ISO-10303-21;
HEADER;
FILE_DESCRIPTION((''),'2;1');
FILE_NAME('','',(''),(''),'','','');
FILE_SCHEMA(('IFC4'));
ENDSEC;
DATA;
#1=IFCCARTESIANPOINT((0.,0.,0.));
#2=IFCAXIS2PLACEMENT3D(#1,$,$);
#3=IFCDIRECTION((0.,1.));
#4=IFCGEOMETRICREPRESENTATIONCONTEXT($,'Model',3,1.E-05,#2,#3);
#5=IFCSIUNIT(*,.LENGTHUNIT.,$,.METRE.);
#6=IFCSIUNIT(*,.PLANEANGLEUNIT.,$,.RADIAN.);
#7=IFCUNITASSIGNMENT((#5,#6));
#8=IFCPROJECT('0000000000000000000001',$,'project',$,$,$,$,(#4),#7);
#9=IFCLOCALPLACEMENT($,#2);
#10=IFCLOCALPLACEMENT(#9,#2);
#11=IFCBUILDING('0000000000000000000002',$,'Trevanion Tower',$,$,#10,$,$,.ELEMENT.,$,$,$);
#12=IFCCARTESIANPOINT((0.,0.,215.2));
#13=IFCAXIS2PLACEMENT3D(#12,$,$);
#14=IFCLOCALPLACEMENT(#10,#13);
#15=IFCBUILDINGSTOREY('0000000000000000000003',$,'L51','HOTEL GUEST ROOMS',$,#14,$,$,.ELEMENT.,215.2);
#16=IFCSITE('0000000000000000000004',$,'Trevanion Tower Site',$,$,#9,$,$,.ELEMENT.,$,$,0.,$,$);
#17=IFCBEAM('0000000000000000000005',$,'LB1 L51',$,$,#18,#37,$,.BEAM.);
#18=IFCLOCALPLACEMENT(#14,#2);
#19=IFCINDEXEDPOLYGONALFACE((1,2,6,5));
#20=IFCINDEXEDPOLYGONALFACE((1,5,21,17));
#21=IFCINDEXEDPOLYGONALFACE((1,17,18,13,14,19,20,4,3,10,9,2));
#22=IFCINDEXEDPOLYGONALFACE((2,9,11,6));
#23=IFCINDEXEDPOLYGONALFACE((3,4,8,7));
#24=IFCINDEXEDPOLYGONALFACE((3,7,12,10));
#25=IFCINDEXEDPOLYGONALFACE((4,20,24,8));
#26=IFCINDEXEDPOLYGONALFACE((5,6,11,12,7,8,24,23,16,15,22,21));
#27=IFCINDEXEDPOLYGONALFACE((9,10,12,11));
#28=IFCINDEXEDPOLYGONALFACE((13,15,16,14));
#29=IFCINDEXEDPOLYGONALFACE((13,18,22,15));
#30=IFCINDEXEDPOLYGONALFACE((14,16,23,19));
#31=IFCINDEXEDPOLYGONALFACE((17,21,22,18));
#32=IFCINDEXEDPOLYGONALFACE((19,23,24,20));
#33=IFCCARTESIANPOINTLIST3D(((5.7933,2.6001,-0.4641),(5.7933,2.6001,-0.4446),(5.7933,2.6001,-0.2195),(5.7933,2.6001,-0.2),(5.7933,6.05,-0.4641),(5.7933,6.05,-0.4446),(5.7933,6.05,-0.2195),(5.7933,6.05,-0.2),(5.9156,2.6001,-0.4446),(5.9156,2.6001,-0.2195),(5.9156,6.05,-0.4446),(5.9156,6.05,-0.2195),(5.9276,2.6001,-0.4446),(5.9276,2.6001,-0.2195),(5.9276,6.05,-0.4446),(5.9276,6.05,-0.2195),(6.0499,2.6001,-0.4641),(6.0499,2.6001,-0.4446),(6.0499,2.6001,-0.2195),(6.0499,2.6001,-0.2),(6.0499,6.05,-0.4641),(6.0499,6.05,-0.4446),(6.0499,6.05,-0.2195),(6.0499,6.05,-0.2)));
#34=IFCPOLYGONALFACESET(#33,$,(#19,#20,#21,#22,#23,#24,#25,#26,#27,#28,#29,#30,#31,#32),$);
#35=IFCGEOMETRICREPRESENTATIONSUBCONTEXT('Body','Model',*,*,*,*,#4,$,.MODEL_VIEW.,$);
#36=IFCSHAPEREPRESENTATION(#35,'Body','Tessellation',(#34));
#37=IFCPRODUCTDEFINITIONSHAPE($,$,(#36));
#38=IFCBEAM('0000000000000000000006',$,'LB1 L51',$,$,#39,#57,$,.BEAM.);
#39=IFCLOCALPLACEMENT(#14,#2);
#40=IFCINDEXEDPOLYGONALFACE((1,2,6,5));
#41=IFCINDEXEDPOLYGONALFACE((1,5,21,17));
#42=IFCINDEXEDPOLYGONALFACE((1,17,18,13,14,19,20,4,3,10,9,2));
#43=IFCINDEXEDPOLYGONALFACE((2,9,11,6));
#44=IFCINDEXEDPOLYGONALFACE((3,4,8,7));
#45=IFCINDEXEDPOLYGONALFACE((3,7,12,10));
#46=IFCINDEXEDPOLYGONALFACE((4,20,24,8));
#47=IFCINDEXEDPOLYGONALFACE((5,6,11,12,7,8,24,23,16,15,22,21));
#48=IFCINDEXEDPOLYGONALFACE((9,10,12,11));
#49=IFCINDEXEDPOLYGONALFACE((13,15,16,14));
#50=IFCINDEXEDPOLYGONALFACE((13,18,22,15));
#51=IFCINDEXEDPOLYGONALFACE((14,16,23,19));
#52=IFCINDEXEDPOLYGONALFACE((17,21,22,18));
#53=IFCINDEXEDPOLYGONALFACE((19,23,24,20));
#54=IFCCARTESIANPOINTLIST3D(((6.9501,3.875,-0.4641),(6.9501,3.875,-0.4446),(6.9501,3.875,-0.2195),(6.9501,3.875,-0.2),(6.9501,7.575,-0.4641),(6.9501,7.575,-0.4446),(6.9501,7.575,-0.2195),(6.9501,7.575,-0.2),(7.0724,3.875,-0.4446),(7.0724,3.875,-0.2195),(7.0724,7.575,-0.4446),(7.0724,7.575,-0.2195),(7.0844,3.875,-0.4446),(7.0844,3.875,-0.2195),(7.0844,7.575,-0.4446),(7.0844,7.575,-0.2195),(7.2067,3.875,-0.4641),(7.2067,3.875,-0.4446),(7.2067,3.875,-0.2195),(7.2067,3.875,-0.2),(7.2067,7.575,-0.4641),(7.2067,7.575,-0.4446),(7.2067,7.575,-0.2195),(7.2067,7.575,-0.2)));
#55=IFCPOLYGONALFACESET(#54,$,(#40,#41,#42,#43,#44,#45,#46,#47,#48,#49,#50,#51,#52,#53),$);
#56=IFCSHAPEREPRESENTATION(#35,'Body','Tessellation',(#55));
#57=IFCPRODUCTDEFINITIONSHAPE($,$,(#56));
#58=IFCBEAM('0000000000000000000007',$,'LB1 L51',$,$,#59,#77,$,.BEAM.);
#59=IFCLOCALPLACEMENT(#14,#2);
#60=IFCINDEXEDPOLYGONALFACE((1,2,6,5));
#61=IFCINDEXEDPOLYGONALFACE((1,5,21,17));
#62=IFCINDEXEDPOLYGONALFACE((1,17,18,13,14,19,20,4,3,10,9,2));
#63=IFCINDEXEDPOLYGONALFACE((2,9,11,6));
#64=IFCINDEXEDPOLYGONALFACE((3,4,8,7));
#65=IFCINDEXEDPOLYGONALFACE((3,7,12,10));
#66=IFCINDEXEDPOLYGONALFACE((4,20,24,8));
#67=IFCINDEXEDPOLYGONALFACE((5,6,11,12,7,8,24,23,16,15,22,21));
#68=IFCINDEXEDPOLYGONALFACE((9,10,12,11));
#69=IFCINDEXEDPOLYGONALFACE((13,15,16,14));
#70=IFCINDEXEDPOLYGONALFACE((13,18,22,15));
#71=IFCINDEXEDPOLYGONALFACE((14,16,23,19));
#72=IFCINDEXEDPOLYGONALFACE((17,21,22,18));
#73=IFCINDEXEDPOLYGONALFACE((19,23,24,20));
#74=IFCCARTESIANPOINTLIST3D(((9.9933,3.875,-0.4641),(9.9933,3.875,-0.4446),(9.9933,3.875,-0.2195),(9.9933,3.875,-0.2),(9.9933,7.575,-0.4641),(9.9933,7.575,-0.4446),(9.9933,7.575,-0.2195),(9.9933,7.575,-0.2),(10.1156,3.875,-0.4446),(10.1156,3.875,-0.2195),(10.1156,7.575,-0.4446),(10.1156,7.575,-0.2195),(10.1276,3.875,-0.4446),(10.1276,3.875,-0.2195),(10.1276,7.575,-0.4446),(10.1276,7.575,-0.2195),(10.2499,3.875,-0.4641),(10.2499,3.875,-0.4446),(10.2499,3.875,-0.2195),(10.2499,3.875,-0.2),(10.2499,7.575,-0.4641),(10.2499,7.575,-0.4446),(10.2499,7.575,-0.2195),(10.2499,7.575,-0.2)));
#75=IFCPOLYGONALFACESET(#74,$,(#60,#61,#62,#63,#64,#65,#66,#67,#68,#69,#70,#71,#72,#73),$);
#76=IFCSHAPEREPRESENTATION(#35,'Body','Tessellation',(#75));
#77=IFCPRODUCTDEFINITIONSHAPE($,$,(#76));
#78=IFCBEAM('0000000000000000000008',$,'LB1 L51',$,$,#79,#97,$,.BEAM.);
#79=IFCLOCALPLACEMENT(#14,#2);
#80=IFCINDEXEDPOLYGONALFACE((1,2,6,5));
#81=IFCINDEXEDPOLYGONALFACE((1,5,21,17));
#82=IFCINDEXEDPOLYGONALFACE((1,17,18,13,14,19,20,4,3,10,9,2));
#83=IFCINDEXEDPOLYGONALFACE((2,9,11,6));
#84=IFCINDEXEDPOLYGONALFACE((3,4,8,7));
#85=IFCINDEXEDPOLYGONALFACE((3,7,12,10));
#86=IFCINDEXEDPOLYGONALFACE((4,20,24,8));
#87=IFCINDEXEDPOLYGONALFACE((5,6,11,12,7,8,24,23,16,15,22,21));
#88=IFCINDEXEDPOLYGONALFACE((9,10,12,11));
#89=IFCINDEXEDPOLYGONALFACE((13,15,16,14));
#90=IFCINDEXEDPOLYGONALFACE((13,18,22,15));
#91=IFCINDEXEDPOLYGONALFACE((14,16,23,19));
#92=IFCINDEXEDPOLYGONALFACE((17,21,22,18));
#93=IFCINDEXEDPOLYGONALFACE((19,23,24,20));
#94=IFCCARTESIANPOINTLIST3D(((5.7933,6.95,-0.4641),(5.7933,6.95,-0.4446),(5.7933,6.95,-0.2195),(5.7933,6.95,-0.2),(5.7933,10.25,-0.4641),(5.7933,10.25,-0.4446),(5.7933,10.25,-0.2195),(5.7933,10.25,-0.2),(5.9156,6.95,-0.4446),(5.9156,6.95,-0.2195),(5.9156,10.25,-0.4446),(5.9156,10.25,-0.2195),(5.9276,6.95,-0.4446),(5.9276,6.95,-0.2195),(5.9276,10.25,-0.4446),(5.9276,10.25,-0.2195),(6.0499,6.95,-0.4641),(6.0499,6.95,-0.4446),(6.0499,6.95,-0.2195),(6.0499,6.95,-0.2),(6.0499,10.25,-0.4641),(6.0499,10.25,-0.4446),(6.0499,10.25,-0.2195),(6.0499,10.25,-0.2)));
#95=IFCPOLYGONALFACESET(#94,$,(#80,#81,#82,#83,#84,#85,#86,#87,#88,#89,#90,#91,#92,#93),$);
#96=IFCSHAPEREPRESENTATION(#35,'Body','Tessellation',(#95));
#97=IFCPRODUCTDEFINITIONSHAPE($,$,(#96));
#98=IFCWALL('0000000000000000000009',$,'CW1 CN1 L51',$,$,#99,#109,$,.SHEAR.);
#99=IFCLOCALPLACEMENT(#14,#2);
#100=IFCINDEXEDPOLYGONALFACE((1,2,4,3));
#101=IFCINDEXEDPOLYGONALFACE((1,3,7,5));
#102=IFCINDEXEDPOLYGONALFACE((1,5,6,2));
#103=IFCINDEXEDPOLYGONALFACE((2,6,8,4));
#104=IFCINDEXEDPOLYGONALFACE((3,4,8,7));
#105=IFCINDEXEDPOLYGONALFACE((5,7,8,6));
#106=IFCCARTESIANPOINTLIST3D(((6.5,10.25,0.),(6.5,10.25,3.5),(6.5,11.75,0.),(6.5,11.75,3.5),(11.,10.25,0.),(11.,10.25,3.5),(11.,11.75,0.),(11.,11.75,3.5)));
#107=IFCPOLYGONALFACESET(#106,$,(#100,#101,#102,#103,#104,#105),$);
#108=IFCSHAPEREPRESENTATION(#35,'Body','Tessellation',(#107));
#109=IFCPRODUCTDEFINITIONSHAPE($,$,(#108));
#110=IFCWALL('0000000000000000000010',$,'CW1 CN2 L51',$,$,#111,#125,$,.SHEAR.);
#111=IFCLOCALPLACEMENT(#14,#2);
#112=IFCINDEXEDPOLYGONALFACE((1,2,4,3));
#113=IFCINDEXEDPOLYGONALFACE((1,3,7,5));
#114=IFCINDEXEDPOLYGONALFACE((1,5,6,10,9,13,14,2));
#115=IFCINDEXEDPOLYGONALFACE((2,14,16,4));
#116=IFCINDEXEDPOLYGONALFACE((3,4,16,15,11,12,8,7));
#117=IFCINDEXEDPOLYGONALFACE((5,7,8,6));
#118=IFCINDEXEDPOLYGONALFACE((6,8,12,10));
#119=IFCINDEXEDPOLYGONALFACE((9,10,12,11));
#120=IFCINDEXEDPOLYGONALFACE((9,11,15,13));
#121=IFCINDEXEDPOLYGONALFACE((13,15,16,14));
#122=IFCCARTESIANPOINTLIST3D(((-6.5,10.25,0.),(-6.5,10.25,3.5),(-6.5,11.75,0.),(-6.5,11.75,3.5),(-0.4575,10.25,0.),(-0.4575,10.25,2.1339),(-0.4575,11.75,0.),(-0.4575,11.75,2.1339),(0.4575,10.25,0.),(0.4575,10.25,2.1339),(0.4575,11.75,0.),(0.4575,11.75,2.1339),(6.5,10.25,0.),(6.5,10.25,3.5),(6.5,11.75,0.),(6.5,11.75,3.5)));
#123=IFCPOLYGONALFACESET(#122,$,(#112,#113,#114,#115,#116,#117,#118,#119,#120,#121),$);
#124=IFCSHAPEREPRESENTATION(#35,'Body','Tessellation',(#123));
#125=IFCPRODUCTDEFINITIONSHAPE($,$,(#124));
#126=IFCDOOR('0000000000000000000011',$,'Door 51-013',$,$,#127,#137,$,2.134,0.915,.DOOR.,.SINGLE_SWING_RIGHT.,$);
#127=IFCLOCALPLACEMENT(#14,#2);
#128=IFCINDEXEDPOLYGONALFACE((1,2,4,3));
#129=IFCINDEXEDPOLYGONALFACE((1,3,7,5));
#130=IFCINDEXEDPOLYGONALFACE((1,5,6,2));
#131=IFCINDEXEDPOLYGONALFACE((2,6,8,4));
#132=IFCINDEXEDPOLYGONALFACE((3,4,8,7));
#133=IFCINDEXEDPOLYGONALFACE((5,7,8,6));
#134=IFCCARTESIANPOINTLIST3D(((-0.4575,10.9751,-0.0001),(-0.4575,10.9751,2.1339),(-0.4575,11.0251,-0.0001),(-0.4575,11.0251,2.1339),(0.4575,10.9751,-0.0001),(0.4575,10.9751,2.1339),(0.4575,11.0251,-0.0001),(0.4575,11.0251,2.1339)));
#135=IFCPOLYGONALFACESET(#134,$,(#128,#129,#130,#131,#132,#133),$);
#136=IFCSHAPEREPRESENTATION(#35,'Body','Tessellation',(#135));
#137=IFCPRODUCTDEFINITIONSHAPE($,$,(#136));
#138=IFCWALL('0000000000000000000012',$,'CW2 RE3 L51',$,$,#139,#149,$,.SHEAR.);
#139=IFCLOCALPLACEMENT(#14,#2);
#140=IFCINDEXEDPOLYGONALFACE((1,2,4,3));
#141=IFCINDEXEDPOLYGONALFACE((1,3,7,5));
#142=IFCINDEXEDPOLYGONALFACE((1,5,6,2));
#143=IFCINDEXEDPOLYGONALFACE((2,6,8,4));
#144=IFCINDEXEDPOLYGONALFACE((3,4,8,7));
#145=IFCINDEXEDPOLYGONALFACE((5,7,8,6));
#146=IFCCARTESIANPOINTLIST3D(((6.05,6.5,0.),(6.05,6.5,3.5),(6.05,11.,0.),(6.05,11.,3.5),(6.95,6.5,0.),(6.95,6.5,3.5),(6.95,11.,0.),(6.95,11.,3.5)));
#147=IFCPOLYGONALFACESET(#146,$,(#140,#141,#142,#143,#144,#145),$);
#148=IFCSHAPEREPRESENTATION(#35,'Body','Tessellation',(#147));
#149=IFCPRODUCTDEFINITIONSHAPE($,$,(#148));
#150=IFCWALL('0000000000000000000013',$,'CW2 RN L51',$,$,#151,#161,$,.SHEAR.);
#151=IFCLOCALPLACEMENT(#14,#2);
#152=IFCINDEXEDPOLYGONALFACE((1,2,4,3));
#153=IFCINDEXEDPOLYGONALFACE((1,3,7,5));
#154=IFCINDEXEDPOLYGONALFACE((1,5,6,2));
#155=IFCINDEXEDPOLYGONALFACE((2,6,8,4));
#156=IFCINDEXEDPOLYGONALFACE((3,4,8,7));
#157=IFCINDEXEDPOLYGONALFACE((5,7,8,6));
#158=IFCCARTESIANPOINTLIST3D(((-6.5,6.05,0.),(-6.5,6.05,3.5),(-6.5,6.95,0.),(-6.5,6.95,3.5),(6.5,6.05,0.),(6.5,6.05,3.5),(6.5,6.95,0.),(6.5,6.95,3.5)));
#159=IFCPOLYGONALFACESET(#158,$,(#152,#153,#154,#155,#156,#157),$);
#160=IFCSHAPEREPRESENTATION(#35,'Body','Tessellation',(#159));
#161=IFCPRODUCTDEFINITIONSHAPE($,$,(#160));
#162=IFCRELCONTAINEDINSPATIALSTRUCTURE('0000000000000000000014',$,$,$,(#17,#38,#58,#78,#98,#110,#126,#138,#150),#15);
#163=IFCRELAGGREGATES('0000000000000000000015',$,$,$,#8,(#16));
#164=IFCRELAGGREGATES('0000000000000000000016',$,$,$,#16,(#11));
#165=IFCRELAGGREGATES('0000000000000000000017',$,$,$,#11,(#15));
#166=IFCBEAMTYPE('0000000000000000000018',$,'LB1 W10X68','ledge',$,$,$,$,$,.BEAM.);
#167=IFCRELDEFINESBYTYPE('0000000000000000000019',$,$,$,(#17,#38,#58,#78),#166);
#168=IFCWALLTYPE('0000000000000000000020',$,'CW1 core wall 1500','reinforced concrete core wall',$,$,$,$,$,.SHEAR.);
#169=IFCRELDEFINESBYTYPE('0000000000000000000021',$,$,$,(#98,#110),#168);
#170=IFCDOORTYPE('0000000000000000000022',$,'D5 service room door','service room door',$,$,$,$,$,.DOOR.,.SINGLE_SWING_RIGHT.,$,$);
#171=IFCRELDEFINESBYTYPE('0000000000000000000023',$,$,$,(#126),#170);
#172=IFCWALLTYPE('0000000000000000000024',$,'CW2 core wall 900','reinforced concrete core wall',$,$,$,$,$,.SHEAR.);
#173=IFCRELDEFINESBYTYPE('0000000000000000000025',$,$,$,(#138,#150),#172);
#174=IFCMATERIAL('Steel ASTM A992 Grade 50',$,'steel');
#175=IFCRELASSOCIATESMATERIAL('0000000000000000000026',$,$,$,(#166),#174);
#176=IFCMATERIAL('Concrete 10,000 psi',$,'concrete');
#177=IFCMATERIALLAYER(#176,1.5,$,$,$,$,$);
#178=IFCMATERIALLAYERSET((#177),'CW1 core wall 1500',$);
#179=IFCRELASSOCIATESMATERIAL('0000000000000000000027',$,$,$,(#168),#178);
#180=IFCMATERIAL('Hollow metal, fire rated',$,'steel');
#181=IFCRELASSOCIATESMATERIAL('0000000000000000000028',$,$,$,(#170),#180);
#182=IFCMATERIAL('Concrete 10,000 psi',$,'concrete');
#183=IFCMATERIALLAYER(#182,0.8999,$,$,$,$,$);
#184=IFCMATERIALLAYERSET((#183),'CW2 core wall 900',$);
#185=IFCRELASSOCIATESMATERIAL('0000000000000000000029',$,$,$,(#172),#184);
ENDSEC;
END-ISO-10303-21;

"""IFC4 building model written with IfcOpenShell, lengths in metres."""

from ifc_helpers import new_model, si_unit, direction, frame, frame_2d, origin, origin_2d, place, context, subcontext, project, spatial, rectangle, i_section, extrude, material, layer, layer_set, material_profile, profile_set, type_object, element, fill, save


model = new_model("IFC4")

# Units and contexts
model_context = context("Model", 3, precision=1e-05, world=origin(), true_north=direction((0.0, 1.0)))
body_context = subcontext(model_context, "Body", "Model", "MODEL_VIEW")
ifc_project = project(units=[si_unit("LENGTHUNIT", "METRE"), si_unit("PLANEANGLEUNIT", "RADIAN")], contexts=[model_context])

# Site, building, storey
site_placement = place(None, origin())
site = spatial("IfcSite", under=ifc_project, at=site_placement, Name="Trevanion Tower Site", CompositionType="ELEMENT", RefElevation=0.0)
building_placement = place(site_placement, origin())
building = spatial("IfcBuilding", under=site, at=building_placement, Name="Trevanion Tower", CompositionType="ELEMENT")
storey_placement = place(building_placement, frame((0.0, 0.0, 215.2)))
storey = spatial("IfcBuildingStorey", under=building, at=storey_placement, Name="L51", Description="HOTEL GUEST ROOMS", CompositionType="ELEMENT", Elevation=215.2)

# Beams
ifc_material_1 = material(Name="Steel ASTM A992 Grade 50", Category="steel")
ifc_material_profile = material_profile(ifc_material_1, i_section(OverallWidth=0.2566, OverallDepth=0.2642, WebThickness=0.012, FlangeThickness=0.0195, at=origin_2d()), Name="W10X68")
ifc_profile_set = profile_set([ifc_material_profile], Name="Steel ASTM A992 Grade 50")
beam_type = type_object("IfcBeamType", Name="LB1 W10X68", Description="ledge", PredefinedType="BEAM", material=ifc_profile_set)
beam_1_placement = place(storey_placement, frame((5.9216, 2.6001, -0.332), z_axis=(0.0, 1.0, 0.0), x_axis=(-1.0, 0.0, 0.0)))
element("IfcBeam", 1, at=beam_1_placement, inside=storey, type_object=beam_type, Name="LB1 L51", PredefinedType="BEAM", context=body_context, shape_type="SweptSolid", body=[
    extrude(i_section(OverallWidth=0.2566, OverallDepth=0.2642, WebThickness=0.012, FlangeThickness=0.0195, at=origin_2d()), origin(), (0.0, 0.0, 1.0), 3.45),
])
for number, where, z_axis, x_axis, name in (
    (2, (7.0784, 3.875, -0.332), (0.0, 1.0, 0.0), (-1.0, 0.0, 0.0), "LB1 L51"),
    (3, (10.1216, 3.875, -0.332), (0.0, 1.0, 0.0), (-1.0, 0.0, 0.0), "LB1 L51"),
):
    element("IfcBeam", number, at=place(storey_placement, frame(where, z_axis=z_axis, x_axis=x_axis)), inside=storey, type_object=beam_type, Name=name, PredefinedType="BEAM", context=body_context, shape_type="SweptSolid", body=[
        extrude(i_section(OverallWidth=0.2566, OverallDepth=0.2642, WebThickness=0.012, FlangeThickness=0.0195, at=origin_2d()), origin(), (0.0, 0.0, 1.0), 3.7),
    ])
beam_2_placement = place(storey_placement, frame((5.9216, 6.95, -0.332), z_axis=(0.0, 1.0, 0.0), x_axis=(-1.0, 0.0, 0.0)))
element("IfcBeam", 4, at=beam_2_placement, inside=storey, type_object=beam_type, Name="LB1 L51", PredefinedType="BEAM", context=body_context, shape_type="SweptSolid", body=[
    extrude(i_section(OverallWidth=0.2566, OverallDepth=0.2642, WebThickness=0.012, FlangeThickness=0.0195, at=origin_2d()), origin(), (0.0, 0.0, 1.0), 3.3),
])

# Wall
ifc_material_2 = material(Name="Concrete 10,000 psi", Category="concrete")
ifc_layer_1 = layer(ifc_material_2, 1.5)
ifc_layer_set_1 = layer_set([ifc_layer_1], Name="CW1 core wall 1500")
wall_type_1 = type_object("IfcWallType", Name="CW1 core wall 1500", Description="reinforced concrete core wall", PredefinedType="SHEAR", material=ifc_layer_set_1)
wall_1_placement = place(storey_placement, frame((11.0, 11.0, 0.0), z_axis=(0.0, 0.0, 1.0), x_axis=(-1.0, 0.0, 0.0)))
element("IfcWall", 5, at=wall_1_placement, inside=storey, type_object=wall_type_1, Name="CW1 CN1 L51", PredefinedType="SHEAR", context=body_context, shape_type="SweptSolid", body=[
    extrude(rectangle(XDim=4.5, YDim=1.5, at=frame_2d((2.25, 0.0))), origin(), (0.0, 0.0, 1.0), 3.5),
])

# Wall, opening, door
wall_2_placement = place(storey_placement, frame((6.5, 11.0, 0.0), z_axis=(0.0, 0.0, 1.0), x_axis=(-1.0, 0.0, 0.0)))
wall_2 = element("IfcWall", 6, at=wall_2_placement, inside=storey, type_object=wall_type_1, Name="CW1 CN2 L51", PredefinedType="SHEAR", context=body_context, shape_type="SweptSolid", body=[
    extrude(rectangle(XDim=13.0, YDim=1.5, at=frame_2d((6.5, 0.0))), origin(), (0.0, 0.0, 1.0), 3.5),
])
opening_1_placement = place(wall_2_placement, frame((6.0425, 0.0, 0.0)))
opening_1 = element("IfcOpeningElement", 7, at=opening_1_placement, cuts=wall_2, PredefinedType="OPENING", context=body_context, shape_type="SweptSolid", body=[
    extrude(rectangle(XDim=0.915, YDim=2.134, at=frame_2d((0.4575, 1.0669))), frame((0.0, 0.76, 0.0), z_axis=(0.0, -1.0, 0.0), x_axis=(1.0, 0.0, 0.0)), (0.0, 0.0, 1.0), 1.52),
])
ifc_material_3 = material(Name="Hollow metal, fire rated", Category="steel")
door_type_1 = type_object("IfcDoorType", Name="D5 service room door", Description="service room door", OperationType="SINGLE_SWING_RIGHT", PredefinedType="DOOR", material=ifc_material_3)
door_1_placement = place(opening_1_placement, origin())
door_1 = element("IfcDoor", 8, at=door_1_placement, inside=storey, type_object=door_type_1, Name="Door 51-013", OperationType="SINGLE_SWING_RIGHT", OverallHeight=2.134, OverallWidth=0.915, PredefinedType="DOOR", context=body_context, shape_type="SweptSolid", body=[
    extrude(rectangle(XDim=0.915, YDim=2.134, at=frame_2d((0.4575, 1.0669))), frame((0.0, 0.0249, 0.0), z_axis=(0.0, -1.0, 0.0), x_axis=(1.0, 0.0, 0.0)), (0.0, 0.0, 1.0), 0.05),
])
fill(opening_1, door_1)

# Walls
ifc_material_4 = material(Name="Concrete 10,000 psi", Category="concrete")
ifc_layer_2 = layer(ifc_material_4, 0.8999)
ifc_layer_set_2 = layer_set([ifc_layer_2], Name="CW2 core wall 900")
wall_type_2 = type_object("IfcWallType", Name="CW2 core wall 900", Description="reinforced concrete core wall", PredefinedType="SHEAR", material=ifc_layer_set_2)
wall_3_placement = place(storey_placement, frame((6.5, 6.5, 0.0), z_axis=(0.0, 0.0, 1.0), x_axis=(0.0, 1.0, 0.0)))
element("IfcWall", 9, at=wall_3_placement, inside=storey, type_object=wall_type_2, Name="CW2 RE3 L51", PredefinedType="SHEAR", context=body_context, shape_type="SweptSolid", body=[
    extrude(rectangle(XDim=4.5, YDim=0.8999, at=frame_2d((2.25, 0.0))), origin(), (0.0, 0.0, 1.0), 3.5),
])
wall_4_placement = place(storey_placement, frame((6.5, 6.5, 0.0), z_axis=(0.0, 0.0, 1.0), x_axis=(-1.0, 0.0, 0.0)))
element("IfcWall", 10, at=wall_4_placement, inside=storey, type_object=wall_type_2, Name="CW2 RN L51", PredefinedType="SHEAR", context=body_context, shape_type="SweptSolid", body=[
    extrude(rectangle(XDim=13.0, YDim=0.8999, at=frame_2d((6.5, 0.0))), origin(), (0.0, 0.0, 1.0), 3.5),
])

save(model, "model.ifc")
